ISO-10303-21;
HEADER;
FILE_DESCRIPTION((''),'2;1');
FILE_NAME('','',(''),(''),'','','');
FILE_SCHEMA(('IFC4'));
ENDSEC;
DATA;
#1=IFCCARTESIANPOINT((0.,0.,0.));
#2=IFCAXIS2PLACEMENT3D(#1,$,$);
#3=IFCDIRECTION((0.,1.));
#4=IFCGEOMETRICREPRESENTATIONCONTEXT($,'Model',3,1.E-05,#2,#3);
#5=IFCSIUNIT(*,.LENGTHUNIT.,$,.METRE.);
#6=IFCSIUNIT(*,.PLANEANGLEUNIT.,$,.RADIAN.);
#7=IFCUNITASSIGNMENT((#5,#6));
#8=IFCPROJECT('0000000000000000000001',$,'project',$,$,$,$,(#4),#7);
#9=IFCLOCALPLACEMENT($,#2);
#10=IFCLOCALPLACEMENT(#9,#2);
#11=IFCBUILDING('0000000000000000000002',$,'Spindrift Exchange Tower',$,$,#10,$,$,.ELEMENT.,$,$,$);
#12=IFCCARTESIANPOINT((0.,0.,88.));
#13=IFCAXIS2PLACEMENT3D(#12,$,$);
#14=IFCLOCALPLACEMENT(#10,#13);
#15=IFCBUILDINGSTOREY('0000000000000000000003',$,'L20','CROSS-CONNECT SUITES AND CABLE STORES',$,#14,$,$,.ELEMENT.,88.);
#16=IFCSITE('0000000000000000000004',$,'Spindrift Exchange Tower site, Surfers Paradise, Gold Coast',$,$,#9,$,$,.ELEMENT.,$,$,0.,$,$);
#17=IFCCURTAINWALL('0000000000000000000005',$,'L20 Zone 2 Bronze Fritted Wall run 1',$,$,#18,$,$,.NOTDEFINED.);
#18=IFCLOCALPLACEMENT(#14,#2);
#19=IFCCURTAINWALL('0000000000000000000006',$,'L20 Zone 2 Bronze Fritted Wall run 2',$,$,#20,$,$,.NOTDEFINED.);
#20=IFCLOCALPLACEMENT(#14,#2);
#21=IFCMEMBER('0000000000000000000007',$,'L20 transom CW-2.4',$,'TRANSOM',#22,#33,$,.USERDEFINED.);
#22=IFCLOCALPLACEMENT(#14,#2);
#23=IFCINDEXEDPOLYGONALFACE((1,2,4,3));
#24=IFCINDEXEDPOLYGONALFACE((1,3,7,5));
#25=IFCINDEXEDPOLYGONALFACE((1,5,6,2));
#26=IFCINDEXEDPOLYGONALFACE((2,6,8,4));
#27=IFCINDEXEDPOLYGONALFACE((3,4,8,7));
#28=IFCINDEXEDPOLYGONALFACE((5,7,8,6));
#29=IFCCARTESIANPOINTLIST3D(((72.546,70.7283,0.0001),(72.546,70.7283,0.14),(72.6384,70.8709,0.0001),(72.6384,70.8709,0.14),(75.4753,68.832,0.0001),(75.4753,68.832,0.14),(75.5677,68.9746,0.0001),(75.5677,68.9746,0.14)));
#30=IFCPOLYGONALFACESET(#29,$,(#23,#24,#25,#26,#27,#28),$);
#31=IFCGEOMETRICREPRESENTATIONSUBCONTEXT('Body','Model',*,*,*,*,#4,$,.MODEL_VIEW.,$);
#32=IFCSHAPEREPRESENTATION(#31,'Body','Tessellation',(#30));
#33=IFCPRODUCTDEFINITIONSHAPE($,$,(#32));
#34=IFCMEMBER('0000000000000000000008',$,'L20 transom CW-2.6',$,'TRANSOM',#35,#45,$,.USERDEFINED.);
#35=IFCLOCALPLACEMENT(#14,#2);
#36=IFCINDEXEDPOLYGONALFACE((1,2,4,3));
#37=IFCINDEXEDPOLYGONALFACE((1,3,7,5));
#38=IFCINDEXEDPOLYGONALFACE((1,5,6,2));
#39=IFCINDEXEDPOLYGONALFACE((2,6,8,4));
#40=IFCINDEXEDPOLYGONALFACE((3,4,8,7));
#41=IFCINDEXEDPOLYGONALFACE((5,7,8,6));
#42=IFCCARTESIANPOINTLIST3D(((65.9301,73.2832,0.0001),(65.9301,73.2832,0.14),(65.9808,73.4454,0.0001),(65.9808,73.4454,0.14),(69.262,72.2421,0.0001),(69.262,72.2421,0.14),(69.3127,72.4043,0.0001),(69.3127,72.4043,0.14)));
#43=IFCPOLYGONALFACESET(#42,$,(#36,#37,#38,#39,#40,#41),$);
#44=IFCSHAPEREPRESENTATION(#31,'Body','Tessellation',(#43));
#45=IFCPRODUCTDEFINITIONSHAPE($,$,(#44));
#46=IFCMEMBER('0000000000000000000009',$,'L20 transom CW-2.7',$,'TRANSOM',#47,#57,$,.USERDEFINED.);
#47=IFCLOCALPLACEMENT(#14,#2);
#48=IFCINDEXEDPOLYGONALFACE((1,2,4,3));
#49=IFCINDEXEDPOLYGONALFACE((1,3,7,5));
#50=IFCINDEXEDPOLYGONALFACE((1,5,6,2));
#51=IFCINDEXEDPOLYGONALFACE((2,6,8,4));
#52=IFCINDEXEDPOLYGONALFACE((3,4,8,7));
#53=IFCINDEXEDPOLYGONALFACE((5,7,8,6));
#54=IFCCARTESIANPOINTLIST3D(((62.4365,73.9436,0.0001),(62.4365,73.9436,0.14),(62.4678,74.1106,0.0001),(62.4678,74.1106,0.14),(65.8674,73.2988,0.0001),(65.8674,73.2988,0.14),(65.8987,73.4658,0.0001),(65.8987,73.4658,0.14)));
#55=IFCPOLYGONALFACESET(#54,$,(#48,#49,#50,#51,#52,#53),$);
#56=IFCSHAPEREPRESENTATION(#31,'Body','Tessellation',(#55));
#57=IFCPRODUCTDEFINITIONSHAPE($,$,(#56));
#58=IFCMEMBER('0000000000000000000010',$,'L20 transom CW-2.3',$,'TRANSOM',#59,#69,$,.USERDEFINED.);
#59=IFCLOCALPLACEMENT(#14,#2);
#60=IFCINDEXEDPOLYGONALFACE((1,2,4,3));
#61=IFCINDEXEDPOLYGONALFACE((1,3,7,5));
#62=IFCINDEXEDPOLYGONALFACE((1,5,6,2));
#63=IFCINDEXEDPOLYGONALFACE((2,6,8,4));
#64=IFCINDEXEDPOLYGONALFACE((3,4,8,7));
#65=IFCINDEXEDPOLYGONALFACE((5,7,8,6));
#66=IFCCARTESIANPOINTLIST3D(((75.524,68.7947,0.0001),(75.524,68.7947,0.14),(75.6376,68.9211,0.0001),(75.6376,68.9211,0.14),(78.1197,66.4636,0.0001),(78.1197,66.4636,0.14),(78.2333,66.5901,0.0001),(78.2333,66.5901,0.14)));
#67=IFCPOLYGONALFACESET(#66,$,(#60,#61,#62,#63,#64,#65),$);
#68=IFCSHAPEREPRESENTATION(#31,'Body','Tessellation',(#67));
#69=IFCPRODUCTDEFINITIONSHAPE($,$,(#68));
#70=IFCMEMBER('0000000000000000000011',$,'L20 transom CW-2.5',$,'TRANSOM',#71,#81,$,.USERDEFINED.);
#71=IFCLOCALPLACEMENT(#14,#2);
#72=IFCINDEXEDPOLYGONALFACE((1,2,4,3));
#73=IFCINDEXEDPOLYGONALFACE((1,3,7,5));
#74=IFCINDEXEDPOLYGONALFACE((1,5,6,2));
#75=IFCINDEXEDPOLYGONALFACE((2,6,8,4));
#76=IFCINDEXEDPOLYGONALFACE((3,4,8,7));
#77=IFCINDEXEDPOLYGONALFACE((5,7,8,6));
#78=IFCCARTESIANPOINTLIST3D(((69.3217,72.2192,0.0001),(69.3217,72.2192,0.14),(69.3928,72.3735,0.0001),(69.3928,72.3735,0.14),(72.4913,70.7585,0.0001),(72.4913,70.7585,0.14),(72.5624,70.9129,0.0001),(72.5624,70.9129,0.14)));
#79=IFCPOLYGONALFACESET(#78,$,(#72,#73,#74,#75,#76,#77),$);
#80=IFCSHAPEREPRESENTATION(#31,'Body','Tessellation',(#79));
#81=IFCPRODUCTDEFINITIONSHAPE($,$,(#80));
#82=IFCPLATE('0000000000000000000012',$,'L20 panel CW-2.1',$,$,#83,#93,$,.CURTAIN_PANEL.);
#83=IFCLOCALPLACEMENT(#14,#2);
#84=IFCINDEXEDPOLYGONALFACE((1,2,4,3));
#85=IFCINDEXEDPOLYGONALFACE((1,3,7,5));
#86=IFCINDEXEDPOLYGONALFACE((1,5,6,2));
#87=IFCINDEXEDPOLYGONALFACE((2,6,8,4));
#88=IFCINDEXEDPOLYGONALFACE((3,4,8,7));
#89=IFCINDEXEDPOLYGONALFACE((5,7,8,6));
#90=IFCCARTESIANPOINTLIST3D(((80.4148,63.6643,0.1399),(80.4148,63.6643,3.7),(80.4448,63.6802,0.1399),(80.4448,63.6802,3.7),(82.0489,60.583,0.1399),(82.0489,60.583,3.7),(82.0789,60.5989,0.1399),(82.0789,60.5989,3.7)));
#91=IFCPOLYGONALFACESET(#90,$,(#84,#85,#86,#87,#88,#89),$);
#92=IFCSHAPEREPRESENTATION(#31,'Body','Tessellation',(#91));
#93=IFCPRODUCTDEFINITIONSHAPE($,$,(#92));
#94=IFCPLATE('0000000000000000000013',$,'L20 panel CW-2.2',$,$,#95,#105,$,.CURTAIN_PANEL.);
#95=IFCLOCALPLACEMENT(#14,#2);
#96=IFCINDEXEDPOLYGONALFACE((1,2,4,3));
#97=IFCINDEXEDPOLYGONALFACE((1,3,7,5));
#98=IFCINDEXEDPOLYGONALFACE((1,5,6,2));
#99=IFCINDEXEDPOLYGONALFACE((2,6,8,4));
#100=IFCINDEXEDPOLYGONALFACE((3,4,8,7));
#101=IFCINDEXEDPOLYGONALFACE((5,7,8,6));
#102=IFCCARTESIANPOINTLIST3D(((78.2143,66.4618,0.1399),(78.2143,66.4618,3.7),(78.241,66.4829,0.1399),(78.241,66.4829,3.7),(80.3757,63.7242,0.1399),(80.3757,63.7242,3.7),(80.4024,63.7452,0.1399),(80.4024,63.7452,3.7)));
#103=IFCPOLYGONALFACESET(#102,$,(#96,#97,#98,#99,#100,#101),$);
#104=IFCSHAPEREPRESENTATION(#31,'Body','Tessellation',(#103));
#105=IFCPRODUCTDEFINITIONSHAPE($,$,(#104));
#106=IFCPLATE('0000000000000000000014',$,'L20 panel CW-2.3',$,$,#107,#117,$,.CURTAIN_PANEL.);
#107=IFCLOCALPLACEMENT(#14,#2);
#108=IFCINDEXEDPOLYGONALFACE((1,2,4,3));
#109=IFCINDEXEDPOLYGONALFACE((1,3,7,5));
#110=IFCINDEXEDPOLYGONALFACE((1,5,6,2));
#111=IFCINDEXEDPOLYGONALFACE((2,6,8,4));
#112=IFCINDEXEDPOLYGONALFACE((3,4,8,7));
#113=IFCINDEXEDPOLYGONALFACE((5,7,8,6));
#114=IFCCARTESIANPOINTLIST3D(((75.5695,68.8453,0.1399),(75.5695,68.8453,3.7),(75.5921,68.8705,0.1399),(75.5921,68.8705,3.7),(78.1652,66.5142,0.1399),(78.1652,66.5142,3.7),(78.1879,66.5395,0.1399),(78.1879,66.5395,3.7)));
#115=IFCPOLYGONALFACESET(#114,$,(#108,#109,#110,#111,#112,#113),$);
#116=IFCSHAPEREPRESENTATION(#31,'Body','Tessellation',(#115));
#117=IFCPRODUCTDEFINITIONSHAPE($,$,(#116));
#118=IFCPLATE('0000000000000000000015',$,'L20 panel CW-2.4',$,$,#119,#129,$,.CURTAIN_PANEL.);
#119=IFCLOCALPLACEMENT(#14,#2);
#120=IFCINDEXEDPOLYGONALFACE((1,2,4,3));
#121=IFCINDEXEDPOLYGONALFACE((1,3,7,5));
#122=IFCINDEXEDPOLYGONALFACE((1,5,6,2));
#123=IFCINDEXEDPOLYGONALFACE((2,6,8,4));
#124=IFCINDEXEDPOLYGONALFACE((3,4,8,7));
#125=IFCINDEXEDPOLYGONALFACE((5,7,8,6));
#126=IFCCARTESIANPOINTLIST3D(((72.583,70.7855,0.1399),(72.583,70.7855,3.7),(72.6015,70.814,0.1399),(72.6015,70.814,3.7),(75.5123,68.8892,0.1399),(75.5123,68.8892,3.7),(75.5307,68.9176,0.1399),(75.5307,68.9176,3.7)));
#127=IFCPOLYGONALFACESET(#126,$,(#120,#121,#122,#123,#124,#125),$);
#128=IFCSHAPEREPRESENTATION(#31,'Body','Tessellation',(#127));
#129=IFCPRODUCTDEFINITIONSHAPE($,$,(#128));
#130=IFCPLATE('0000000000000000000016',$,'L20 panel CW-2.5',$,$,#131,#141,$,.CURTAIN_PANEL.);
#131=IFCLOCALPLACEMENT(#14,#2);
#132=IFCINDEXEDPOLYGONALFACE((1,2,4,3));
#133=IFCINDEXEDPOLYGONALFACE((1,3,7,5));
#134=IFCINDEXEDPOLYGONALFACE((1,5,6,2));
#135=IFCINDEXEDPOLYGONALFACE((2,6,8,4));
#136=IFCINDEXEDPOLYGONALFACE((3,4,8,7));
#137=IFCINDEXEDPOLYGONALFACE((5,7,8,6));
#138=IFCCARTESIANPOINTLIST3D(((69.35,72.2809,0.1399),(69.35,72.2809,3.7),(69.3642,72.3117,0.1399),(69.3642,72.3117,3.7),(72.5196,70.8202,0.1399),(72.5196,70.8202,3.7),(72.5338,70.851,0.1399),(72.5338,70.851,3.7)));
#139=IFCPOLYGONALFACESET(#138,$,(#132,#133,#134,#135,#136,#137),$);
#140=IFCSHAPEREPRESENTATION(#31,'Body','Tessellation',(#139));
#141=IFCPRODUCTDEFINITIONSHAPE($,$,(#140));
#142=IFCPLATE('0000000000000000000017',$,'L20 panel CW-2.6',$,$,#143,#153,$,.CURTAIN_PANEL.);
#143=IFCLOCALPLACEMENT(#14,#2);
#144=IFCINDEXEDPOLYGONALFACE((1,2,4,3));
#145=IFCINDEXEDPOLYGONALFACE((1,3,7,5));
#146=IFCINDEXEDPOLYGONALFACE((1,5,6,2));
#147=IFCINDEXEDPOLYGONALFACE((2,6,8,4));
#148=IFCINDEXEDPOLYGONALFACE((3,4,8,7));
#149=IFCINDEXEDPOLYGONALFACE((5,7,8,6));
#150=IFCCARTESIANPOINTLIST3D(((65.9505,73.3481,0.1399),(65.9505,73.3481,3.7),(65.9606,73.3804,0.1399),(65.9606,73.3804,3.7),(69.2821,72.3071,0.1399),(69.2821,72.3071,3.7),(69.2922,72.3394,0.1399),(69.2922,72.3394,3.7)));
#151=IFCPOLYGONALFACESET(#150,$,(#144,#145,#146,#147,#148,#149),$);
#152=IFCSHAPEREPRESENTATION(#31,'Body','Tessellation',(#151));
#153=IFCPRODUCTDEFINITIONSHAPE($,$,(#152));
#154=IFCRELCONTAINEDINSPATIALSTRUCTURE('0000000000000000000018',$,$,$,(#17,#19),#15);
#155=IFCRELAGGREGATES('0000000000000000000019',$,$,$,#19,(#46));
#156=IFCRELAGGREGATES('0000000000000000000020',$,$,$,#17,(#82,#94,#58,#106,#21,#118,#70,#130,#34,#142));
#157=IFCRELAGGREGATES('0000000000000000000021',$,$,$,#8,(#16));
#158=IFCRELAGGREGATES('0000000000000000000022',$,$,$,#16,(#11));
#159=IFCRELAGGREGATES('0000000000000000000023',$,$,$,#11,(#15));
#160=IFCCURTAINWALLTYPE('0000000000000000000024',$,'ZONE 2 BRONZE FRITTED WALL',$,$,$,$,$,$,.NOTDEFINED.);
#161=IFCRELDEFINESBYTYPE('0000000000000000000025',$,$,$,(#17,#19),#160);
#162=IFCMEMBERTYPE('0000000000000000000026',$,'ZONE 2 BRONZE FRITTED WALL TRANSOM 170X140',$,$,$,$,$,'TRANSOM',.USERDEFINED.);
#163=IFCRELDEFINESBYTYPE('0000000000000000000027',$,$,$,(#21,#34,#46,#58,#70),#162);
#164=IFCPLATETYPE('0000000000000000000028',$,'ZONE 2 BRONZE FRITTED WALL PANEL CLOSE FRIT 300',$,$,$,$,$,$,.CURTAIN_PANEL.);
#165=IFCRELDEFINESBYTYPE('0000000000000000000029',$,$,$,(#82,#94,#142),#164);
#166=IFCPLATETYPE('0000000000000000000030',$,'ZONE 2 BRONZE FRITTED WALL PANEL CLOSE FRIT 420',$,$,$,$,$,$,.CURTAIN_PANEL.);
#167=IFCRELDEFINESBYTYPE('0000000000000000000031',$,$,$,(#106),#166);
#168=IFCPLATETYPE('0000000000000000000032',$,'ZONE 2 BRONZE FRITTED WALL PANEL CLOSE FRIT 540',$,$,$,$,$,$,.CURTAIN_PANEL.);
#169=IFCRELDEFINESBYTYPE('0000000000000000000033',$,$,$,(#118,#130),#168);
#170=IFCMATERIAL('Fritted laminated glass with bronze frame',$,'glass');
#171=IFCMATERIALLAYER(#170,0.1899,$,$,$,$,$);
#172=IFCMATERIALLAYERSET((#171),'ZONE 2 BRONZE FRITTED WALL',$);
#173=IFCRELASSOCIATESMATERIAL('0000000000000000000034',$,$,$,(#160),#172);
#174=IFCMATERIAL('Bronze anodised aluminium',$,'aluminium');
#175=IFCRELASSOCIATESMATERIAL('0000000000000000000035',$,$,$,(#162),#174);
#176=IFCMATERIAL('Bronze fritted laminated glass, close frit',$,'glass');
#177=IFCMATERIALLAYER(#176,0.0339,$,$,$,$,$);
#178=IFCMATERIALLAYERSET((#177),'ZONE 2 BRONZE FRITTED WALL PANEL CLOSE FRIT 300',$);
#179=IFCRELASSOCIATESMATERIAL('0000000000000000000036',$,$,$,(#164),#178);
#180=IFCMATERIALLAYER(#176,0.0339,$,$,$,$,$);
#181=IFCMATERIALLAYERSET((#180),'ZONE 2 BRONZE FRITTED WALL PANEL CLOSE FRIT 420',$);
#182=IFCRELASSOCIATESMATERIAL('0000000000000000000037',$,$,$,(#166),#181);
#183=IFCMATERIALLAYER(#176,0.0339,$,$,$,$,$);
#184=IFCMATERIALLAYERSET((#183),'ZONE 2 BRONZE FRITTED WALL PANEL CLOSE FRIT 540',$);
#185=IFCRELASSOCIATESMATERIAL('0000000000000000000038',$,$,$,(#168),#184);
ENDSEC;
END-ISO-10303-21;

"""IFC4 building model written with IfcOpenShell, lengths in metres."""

from ifc_helpers import new_model, si_unit, direction, frame, origin, origin_2d, place, context, subcontext, project, spatial, rectangle, extrude, source, transform, mapped, material, layer, layer_set, material_profile, profile_set, type_object, element, aggregate, save


model = new_model("IFC4")

# Units and contexts
model_context = context("Model", 3, precision=1e-05, world=origin(), true_north=direction((0.0, 1.0)))
body_context = subcontext(model_context, "Body", "Model", "MODEL_VIEW")
ifc_project = project(units=[si_unit("LENGTHUNIT", "METRE"), si_unit("PLANEANGLEUNIT", "RADIAN")], contexts=[model_context])

# Site, building, storey
site_placement = place(None, origin())
site = spatial("IfcSite", under=ifc_project, at=site_placement, Name="Spindrift Exchange Tower site, Surfers Paradise, Gold Coast", CompositionType="ELEMENT", RefElevation=0.0)
building_placement = place(site_placement, origin())
building = spatial("IfcBuilding", under=site, at=building_placement, Name="Spindrift Exchange Tower", CompositionType="ELEMENT")
storey_placement = place(building_placement, frame((0.0, 0.0, 88.0)))
storey = spatial("IfcBuildingStorey", under=building, at=storey_placement, Name="L20", Description="CROSS-CONNECT SUITES AND CABLE STORES", CompositionType="ELEMENT", Elevation=88.0)

# Curtain wall
ifc_material_1 = material(Name="Fritted laminated glass with bronze frame", Category="glass")
ifc_layer_1 = layer(ifc_material_1, 0.1899)
ifc_layer_set_1 = layer_set([ifc_layer_1], Name="ZONE 2 BRONZE FRITTED WALL")
curtain_wall_type = type_object("IfcCurtainWallType", Name="ZONE 2 BRONZE FRITTED WALL", PredefinedType="NOTDEFINED", material=ifc_layer_set_1)
curtain_wall_1_placement = place(storey_placement, origin())
curtain_wall_1 = element("IfcCurtainWall", 1, at=curtain_wall_1_placement, inside=storey, type_object=curtain_wall_type, Name="L20 Zone 2 Bronze Fritted Wall run 1", PredefinedType="NOTDEFINED")
ifc_material_2 = material(Name="Bronze anodised aluminium", Category="aluminium")

# Curtain wall
curtain_wall_2_placement = place(storey_placement, origin())
curtain_wall_2 = element("IfcCurtainWall", 2, at=curtain_wall_2_placement, inside=storey, type_object=curtain_wall_type, Name="L20 Zone 2 Bronze Fritted Wall run 2", PredefinedType="NOTDEFINED")

# Members
ifc_material_profile_1 = material_profile(ifc_material_2, rectangle(XDim=0.1699, YDim=0.1399, at=origin_2d()), Name="ZONE 2 BRONZE FRITTED WALL TRANSOM 170X140")
ifc_profile_set_1 = profile_set([ifc_material_profile_1], Name="Bronze anodised aluminium")
member_type_1 = type_object("IfcMemberType", Name="ZONE 2 BRONZE FRITTED WALL TRANSOM 170X140", ElementType="TRANSOM", PredefinedType="USERDEFINED", material=ifc_profile_set_1)
shared_shape_1 = source(origin(), body_context, "Body", "SweptSolid", [
    extrude(rectangle(XDim=0.1699, YDim=0.1399, at=origin_2d()), origin(), (0.0, 0.0, 1.0), 3.4895),
])
member_1_placement = place(storey_placement, frame((75.5215, 68.9033, 0.0701), z_axis=(-0.839456, 0.543428, 0.0), x_axis=(-0.543428, -0.839456, 0.0)))
member_1 = element("IfcMember", 3, at=member_1_placement, type_object=member_type_1, Name="L20 transom CW-2.4", ObjectType="TRANSOM", PredefinedType="USERDEFINED", context=body_context, shape_type="MappedRepresentation", body=[
    mapped(shared_shape_1, transform((0.0, 0.0, 0.0), scale=1.0)),
])
shared_shape_2 = source(origin(), body_context, "Body", "SweptSolid", [
    extrude(rectangle(XDim=0.1699, YDim=0.1399, at=origin_2d()), origin(), (0.0, 0.0, 1.0), 3.4907),
])
member_2_placement = place(storey_placement, frame((69.2874, 72.3232, 0.0701), z_axis=(-0.954494, 0.298231, 0.0), x_axis=(-0.298231, -0.954494, 0.0)))
member_2 = element("IfcMember", 4, at=member_2_placement, type_object=member_type_1, Name="L20 transom CW-2.6", ObjectType="TRANSOM", PredefinedType="USERDEFINED", context=body_context, shape_type="MappedRepresentation", body=[
    mapped(shared_shape_2, transform((0.0, 0.0, 0.0), scale=1.0)),
])
shared_shape_3 = source(origin(), body_context, "Body", "SweptSolid", [
    extrude(rectangle(XDim=0.1699, YDim=0.1399, at=origin_2d()), origin(), (0.0, 0.0, 1.0), 3.491),
])
member_3_placement = place(storey_placement, frame((65.8831, 73.3823, 0.0701), z_axis=(-0.982795, 0.184698, 0.0), x_axis=(-0.184698, -0.982795, 0.0)))
member_3 = element("IfcMember", 5, at=member_3_placement, type_object=member_type_1, Name="L20 transom CW-2.7", ObjectType="TRANSOM", PredefinedType="USERDEFINED", context=body_context, shape_type="MappedRepresentation", body=[
    mapped(shared_shape_3, transform((0.0, 0.0, 0.0), scale=1.0)),
])
aggregate(curtain_wall_2, [member_3])
shared_shape_4 = source(origin(), body_context, "Body", "SweptSolid", [
    extrude(rectangle(XDim=0.1699, YDim=0.1399, at=origin_2d()), origin(), (0.0, 0.0, 1.0), 3.4888),
])
member_4_placement = place(storey_placement, frame((78.1765, 66.5269, 0.0701), z_axis=(-0.744017, 0.66816, 0.0), x_axis=(-0.66816, -0.744017, 0.0)))
member_4 = element("IfcMember", 6, at=member_4_placement, type_object=member_type_1, Name="L20 transom CW-2.3", ObjectType="TRANSOM", PredefinedType="USERDEFINED", context=body_context, shape_type="MappedRepresentation", body=[
    mapped(shared_shape_4, transform((0.0, 0.0, 0.0), scale=1.0)),
])
shared_shape_5 = source(origin(), body_context, "Body", "SweptSolid", [
    extrude(rectangle(XDim=0.1699, YDim=0.1399, at=origin_2d()), origin(), (0.0, 0.0, 1.0), 3.49),
])
member_5_placement = place(storey_placement, frame((72.5269, 70.8357, 0.0701), z_axis=(-0.908203, 0.41853, 0.0), x_axis=(-0.41853, -0.908203, 0.0)))
member_5 = element("IfcMember", 7, at=member_5_placement, type_object=member_type_1, Name="L20 transom CW-2.5", ObjectType="TRANSOM", PredefinedType="USERDEFINED", context=body_context, shape_type="MappedRepresentation", body=[
    mapped(shared_shape_5, transform((0.0, 0.0, 0.0), scale=1.0)),
])

# Plates
ifc_material_3 = material(Name="Bronze fritted laminated glass, close frit", Category="glass")
ifc_layer_2 = layer(ifc_material_3, 0.0339)
ifc_layer_set_2 = layer_set([ifc_layer_2], Name="ZONE 2 BRONZE FRITTED WALL PANEL CLOSE FRIT 300")
plate_type_1 = type_object("IfcPlateType", Name="ZONE 2 BRONZE FRITTED WALL PANEL CLOSE FRIT 300", PredefinedType="CURTAIN_PANEL", material=ifc_layer_set_2)
shared_shape_6 = source(origin(), body_context, "Body", "SweptSolid", [
    extrude(rectangle(XDim=3.4878, YDim=0.0339, at=origin_2d()), origin(), (0.0, 0.0, 1.0), 3.5601),
])
plate_1_placement = place(storey_placement, frame((81.2468, 62.1316, 0.1399), z_axis=(0.0, 0.0, 1.0), x_axis=(-0.468519, 0.883453, 0.0)))
plate_1 = element("IfcPlate", 8, at=plate_1_placement, type_object=plate_type_1, Name="L20 panel CW-2.1", PredefinedType="CURTAIN_PANEL", context=body_context, shape_type="MappedRepresentation", body=[
    mapped(shared_shape_6, transform((0.0, 0.0, 0.0), scale=1.0)),
])
shared_shape_7 = source(origin(), body_context, "Body", "SweptSolid", [
    extrude(rectangle(XDim=3.488, YDim=0.0339, at=origin_2d()), origin(), (0.0, 0.0, 1.0), 3.5601),
])
plate_2_placement = place(storey_placement, frame((79.3083, 65.1035, 0.1399), z_axis=(0.0, 0.0, 1.0), x_axis=(-0.619654, 0.784875, 0.0)))
plate_2 = element("IfcPlate", 9, at=plate_2_placement, type_object=plate_type_1, Name="L20 panel CW-2.2", PredefinedType="CURTAIN_PANEL", context=body_context, shape_type="MappedRepresentation", body=[
    mapped(shared_shape_7, transform((0.0, 0.0, 0.0), scale=1.0)),
])
ifc_layer_3 = layer(ifc_material_3, 0.0339)
ifc_layer_set_3 = layer_set([ifc_layer_3], Name="ZONE 2 BRONZE FRITTED WALL PANEL CLOSE FRIT 420")
plate_type_2 = type_object("IfcPlateType", Name="ZONE 2 BRONZE FRITTED WALL PANEL CLOSE FRIT 420", PredefinedType="CURTAIN_PANEL", material=ifc_layer_set_3)
shared_shape_8 = source(origin(), body_context, "Body", "SweptSolid", [
    extrude(rectangle(XDim=3.4888, YDim=0.0339, at=origin_2d()), origin(), (0.0, 0.0, 1.0), 3.5601),
])
plate_3_placement = place(storey_placement, frame((76.8787, 67.6924, 0.1399), z_axis=(0.0, 0.0, 1.0), x_axis=(-0.744026, 0.668151, 0.0)))
plate_3 = element("IfcPlate", 10, at=plate_3_placement, type_object=plate_type_2, Name="L20 panel CW-2.3", PredefinedType="CURTAIN_PANEL", context=body_context, shape_type="MappedRepresentation", body=[
    mapped(shared_shape_8, transform((0.0, 0.0, 0.0), scale=1.0)),
])
ifc_layer_4 = layer(ifc_material_3, 0.0339)
ifc_layer_set_4 = layer_set([ifc_layer_4], Name="ZONE 2 BRONZE FRITTED WALL PANEL CLOSE FRIT 540")
plate_type_3 = type_object("IfcPlateType", Name="ZONE 2 BRONZE FRITTED WALL PANEL CLOSE FRIT 540", PredefinedType="CURTAIN_PANEL", material=ifc_layer_set_4)
shared_shape_9 = source(origin(), body_context, "Body", "SweptSolid", [
    extrude(rectangle(XDim=3.4895, YDim=0.0339, at=origin_2d()), origin(), (0.0, 0.0, 1.0), 3.5601),
])
plate_4_placement = place(storey_placement, frame((74.0569, 69.8516, 0.1399), z_axis=(0.0, 0.0, 1.0), x_axis=(-0.83945, 0.543437, 0.0)))
plate_4 = element("IfcPlate", 11, at=plate_4_placement, type_object=plate_type_3, Name="L20 panel CW-2.4", PredefinedType="CURTAIN_PANEL", context=body_context, shape_type="MappedRepresentation", body=[
    mapped(shared_shape_9, transform((0.0, 0.0, 0.0), scale=1.0)),
])
shared_shape_10 = source(origin(), body_context, "Body", "SweptSolid", [
    extrude(rectangle(XDim=3.49, YDim=0.0339, at=origin_2d()), origin(), (0.0, 0.0, 1.0), 3.5601),
])
plate_5_placement = place(storey_placement, frame((70.9419, 71.5659, 0.1399), z_axis=(0.0, 0.0, 1.0), x_axis=(-0.908197, 0.418544, 0.0)))
plate_5 = element("IfcPlate", 12, at=plate_5_placement, type_object=plate_type_3, Name="L20 panel CW-2.5", PredefinedType="CURTAIN_PANEL", context=body_context, shape_type="MappedRepresentation", body=[
    mapped(shared_shape_10, transform((0.0, 0.0, 0.0), scale=1.0)),
])
shared_shape_11 = source(origin(), body_context, "Body", "SweptSolid", [
    extrude(rectangle(XDim=3.4905, YDim=0.0339, at=origin_2d()), origin(), (0.0, 0.0, 1.0), 3.5601),
])
plate_6_placement = place(storey_placement, frame((67.6213, 72.8438, 0.1399), z_axis=(0.0, 0.0, 1.0), x_axis=(-0.954491, 0.298241, 0.0)))
plate_6 = element("IfcPlate", 13, at=plate_6_placement, type_object=plate_type_1, Name="L20 panel CW-2.6", PredefinedType="CURTAIN_PANEL", context=body_context, shape_type="MappedRepresentation", body=[
    mapped(shared_shape_11, transform((0.0, 0.0, 0.0), scale=1.0)),
])
aggregate(curtain_wall_1, [plate_1, plate_2, member_4, plate_3, member_1, plate_4, member_5, plate_5, member_2, plate_6])

save(model, "model.ifc")
